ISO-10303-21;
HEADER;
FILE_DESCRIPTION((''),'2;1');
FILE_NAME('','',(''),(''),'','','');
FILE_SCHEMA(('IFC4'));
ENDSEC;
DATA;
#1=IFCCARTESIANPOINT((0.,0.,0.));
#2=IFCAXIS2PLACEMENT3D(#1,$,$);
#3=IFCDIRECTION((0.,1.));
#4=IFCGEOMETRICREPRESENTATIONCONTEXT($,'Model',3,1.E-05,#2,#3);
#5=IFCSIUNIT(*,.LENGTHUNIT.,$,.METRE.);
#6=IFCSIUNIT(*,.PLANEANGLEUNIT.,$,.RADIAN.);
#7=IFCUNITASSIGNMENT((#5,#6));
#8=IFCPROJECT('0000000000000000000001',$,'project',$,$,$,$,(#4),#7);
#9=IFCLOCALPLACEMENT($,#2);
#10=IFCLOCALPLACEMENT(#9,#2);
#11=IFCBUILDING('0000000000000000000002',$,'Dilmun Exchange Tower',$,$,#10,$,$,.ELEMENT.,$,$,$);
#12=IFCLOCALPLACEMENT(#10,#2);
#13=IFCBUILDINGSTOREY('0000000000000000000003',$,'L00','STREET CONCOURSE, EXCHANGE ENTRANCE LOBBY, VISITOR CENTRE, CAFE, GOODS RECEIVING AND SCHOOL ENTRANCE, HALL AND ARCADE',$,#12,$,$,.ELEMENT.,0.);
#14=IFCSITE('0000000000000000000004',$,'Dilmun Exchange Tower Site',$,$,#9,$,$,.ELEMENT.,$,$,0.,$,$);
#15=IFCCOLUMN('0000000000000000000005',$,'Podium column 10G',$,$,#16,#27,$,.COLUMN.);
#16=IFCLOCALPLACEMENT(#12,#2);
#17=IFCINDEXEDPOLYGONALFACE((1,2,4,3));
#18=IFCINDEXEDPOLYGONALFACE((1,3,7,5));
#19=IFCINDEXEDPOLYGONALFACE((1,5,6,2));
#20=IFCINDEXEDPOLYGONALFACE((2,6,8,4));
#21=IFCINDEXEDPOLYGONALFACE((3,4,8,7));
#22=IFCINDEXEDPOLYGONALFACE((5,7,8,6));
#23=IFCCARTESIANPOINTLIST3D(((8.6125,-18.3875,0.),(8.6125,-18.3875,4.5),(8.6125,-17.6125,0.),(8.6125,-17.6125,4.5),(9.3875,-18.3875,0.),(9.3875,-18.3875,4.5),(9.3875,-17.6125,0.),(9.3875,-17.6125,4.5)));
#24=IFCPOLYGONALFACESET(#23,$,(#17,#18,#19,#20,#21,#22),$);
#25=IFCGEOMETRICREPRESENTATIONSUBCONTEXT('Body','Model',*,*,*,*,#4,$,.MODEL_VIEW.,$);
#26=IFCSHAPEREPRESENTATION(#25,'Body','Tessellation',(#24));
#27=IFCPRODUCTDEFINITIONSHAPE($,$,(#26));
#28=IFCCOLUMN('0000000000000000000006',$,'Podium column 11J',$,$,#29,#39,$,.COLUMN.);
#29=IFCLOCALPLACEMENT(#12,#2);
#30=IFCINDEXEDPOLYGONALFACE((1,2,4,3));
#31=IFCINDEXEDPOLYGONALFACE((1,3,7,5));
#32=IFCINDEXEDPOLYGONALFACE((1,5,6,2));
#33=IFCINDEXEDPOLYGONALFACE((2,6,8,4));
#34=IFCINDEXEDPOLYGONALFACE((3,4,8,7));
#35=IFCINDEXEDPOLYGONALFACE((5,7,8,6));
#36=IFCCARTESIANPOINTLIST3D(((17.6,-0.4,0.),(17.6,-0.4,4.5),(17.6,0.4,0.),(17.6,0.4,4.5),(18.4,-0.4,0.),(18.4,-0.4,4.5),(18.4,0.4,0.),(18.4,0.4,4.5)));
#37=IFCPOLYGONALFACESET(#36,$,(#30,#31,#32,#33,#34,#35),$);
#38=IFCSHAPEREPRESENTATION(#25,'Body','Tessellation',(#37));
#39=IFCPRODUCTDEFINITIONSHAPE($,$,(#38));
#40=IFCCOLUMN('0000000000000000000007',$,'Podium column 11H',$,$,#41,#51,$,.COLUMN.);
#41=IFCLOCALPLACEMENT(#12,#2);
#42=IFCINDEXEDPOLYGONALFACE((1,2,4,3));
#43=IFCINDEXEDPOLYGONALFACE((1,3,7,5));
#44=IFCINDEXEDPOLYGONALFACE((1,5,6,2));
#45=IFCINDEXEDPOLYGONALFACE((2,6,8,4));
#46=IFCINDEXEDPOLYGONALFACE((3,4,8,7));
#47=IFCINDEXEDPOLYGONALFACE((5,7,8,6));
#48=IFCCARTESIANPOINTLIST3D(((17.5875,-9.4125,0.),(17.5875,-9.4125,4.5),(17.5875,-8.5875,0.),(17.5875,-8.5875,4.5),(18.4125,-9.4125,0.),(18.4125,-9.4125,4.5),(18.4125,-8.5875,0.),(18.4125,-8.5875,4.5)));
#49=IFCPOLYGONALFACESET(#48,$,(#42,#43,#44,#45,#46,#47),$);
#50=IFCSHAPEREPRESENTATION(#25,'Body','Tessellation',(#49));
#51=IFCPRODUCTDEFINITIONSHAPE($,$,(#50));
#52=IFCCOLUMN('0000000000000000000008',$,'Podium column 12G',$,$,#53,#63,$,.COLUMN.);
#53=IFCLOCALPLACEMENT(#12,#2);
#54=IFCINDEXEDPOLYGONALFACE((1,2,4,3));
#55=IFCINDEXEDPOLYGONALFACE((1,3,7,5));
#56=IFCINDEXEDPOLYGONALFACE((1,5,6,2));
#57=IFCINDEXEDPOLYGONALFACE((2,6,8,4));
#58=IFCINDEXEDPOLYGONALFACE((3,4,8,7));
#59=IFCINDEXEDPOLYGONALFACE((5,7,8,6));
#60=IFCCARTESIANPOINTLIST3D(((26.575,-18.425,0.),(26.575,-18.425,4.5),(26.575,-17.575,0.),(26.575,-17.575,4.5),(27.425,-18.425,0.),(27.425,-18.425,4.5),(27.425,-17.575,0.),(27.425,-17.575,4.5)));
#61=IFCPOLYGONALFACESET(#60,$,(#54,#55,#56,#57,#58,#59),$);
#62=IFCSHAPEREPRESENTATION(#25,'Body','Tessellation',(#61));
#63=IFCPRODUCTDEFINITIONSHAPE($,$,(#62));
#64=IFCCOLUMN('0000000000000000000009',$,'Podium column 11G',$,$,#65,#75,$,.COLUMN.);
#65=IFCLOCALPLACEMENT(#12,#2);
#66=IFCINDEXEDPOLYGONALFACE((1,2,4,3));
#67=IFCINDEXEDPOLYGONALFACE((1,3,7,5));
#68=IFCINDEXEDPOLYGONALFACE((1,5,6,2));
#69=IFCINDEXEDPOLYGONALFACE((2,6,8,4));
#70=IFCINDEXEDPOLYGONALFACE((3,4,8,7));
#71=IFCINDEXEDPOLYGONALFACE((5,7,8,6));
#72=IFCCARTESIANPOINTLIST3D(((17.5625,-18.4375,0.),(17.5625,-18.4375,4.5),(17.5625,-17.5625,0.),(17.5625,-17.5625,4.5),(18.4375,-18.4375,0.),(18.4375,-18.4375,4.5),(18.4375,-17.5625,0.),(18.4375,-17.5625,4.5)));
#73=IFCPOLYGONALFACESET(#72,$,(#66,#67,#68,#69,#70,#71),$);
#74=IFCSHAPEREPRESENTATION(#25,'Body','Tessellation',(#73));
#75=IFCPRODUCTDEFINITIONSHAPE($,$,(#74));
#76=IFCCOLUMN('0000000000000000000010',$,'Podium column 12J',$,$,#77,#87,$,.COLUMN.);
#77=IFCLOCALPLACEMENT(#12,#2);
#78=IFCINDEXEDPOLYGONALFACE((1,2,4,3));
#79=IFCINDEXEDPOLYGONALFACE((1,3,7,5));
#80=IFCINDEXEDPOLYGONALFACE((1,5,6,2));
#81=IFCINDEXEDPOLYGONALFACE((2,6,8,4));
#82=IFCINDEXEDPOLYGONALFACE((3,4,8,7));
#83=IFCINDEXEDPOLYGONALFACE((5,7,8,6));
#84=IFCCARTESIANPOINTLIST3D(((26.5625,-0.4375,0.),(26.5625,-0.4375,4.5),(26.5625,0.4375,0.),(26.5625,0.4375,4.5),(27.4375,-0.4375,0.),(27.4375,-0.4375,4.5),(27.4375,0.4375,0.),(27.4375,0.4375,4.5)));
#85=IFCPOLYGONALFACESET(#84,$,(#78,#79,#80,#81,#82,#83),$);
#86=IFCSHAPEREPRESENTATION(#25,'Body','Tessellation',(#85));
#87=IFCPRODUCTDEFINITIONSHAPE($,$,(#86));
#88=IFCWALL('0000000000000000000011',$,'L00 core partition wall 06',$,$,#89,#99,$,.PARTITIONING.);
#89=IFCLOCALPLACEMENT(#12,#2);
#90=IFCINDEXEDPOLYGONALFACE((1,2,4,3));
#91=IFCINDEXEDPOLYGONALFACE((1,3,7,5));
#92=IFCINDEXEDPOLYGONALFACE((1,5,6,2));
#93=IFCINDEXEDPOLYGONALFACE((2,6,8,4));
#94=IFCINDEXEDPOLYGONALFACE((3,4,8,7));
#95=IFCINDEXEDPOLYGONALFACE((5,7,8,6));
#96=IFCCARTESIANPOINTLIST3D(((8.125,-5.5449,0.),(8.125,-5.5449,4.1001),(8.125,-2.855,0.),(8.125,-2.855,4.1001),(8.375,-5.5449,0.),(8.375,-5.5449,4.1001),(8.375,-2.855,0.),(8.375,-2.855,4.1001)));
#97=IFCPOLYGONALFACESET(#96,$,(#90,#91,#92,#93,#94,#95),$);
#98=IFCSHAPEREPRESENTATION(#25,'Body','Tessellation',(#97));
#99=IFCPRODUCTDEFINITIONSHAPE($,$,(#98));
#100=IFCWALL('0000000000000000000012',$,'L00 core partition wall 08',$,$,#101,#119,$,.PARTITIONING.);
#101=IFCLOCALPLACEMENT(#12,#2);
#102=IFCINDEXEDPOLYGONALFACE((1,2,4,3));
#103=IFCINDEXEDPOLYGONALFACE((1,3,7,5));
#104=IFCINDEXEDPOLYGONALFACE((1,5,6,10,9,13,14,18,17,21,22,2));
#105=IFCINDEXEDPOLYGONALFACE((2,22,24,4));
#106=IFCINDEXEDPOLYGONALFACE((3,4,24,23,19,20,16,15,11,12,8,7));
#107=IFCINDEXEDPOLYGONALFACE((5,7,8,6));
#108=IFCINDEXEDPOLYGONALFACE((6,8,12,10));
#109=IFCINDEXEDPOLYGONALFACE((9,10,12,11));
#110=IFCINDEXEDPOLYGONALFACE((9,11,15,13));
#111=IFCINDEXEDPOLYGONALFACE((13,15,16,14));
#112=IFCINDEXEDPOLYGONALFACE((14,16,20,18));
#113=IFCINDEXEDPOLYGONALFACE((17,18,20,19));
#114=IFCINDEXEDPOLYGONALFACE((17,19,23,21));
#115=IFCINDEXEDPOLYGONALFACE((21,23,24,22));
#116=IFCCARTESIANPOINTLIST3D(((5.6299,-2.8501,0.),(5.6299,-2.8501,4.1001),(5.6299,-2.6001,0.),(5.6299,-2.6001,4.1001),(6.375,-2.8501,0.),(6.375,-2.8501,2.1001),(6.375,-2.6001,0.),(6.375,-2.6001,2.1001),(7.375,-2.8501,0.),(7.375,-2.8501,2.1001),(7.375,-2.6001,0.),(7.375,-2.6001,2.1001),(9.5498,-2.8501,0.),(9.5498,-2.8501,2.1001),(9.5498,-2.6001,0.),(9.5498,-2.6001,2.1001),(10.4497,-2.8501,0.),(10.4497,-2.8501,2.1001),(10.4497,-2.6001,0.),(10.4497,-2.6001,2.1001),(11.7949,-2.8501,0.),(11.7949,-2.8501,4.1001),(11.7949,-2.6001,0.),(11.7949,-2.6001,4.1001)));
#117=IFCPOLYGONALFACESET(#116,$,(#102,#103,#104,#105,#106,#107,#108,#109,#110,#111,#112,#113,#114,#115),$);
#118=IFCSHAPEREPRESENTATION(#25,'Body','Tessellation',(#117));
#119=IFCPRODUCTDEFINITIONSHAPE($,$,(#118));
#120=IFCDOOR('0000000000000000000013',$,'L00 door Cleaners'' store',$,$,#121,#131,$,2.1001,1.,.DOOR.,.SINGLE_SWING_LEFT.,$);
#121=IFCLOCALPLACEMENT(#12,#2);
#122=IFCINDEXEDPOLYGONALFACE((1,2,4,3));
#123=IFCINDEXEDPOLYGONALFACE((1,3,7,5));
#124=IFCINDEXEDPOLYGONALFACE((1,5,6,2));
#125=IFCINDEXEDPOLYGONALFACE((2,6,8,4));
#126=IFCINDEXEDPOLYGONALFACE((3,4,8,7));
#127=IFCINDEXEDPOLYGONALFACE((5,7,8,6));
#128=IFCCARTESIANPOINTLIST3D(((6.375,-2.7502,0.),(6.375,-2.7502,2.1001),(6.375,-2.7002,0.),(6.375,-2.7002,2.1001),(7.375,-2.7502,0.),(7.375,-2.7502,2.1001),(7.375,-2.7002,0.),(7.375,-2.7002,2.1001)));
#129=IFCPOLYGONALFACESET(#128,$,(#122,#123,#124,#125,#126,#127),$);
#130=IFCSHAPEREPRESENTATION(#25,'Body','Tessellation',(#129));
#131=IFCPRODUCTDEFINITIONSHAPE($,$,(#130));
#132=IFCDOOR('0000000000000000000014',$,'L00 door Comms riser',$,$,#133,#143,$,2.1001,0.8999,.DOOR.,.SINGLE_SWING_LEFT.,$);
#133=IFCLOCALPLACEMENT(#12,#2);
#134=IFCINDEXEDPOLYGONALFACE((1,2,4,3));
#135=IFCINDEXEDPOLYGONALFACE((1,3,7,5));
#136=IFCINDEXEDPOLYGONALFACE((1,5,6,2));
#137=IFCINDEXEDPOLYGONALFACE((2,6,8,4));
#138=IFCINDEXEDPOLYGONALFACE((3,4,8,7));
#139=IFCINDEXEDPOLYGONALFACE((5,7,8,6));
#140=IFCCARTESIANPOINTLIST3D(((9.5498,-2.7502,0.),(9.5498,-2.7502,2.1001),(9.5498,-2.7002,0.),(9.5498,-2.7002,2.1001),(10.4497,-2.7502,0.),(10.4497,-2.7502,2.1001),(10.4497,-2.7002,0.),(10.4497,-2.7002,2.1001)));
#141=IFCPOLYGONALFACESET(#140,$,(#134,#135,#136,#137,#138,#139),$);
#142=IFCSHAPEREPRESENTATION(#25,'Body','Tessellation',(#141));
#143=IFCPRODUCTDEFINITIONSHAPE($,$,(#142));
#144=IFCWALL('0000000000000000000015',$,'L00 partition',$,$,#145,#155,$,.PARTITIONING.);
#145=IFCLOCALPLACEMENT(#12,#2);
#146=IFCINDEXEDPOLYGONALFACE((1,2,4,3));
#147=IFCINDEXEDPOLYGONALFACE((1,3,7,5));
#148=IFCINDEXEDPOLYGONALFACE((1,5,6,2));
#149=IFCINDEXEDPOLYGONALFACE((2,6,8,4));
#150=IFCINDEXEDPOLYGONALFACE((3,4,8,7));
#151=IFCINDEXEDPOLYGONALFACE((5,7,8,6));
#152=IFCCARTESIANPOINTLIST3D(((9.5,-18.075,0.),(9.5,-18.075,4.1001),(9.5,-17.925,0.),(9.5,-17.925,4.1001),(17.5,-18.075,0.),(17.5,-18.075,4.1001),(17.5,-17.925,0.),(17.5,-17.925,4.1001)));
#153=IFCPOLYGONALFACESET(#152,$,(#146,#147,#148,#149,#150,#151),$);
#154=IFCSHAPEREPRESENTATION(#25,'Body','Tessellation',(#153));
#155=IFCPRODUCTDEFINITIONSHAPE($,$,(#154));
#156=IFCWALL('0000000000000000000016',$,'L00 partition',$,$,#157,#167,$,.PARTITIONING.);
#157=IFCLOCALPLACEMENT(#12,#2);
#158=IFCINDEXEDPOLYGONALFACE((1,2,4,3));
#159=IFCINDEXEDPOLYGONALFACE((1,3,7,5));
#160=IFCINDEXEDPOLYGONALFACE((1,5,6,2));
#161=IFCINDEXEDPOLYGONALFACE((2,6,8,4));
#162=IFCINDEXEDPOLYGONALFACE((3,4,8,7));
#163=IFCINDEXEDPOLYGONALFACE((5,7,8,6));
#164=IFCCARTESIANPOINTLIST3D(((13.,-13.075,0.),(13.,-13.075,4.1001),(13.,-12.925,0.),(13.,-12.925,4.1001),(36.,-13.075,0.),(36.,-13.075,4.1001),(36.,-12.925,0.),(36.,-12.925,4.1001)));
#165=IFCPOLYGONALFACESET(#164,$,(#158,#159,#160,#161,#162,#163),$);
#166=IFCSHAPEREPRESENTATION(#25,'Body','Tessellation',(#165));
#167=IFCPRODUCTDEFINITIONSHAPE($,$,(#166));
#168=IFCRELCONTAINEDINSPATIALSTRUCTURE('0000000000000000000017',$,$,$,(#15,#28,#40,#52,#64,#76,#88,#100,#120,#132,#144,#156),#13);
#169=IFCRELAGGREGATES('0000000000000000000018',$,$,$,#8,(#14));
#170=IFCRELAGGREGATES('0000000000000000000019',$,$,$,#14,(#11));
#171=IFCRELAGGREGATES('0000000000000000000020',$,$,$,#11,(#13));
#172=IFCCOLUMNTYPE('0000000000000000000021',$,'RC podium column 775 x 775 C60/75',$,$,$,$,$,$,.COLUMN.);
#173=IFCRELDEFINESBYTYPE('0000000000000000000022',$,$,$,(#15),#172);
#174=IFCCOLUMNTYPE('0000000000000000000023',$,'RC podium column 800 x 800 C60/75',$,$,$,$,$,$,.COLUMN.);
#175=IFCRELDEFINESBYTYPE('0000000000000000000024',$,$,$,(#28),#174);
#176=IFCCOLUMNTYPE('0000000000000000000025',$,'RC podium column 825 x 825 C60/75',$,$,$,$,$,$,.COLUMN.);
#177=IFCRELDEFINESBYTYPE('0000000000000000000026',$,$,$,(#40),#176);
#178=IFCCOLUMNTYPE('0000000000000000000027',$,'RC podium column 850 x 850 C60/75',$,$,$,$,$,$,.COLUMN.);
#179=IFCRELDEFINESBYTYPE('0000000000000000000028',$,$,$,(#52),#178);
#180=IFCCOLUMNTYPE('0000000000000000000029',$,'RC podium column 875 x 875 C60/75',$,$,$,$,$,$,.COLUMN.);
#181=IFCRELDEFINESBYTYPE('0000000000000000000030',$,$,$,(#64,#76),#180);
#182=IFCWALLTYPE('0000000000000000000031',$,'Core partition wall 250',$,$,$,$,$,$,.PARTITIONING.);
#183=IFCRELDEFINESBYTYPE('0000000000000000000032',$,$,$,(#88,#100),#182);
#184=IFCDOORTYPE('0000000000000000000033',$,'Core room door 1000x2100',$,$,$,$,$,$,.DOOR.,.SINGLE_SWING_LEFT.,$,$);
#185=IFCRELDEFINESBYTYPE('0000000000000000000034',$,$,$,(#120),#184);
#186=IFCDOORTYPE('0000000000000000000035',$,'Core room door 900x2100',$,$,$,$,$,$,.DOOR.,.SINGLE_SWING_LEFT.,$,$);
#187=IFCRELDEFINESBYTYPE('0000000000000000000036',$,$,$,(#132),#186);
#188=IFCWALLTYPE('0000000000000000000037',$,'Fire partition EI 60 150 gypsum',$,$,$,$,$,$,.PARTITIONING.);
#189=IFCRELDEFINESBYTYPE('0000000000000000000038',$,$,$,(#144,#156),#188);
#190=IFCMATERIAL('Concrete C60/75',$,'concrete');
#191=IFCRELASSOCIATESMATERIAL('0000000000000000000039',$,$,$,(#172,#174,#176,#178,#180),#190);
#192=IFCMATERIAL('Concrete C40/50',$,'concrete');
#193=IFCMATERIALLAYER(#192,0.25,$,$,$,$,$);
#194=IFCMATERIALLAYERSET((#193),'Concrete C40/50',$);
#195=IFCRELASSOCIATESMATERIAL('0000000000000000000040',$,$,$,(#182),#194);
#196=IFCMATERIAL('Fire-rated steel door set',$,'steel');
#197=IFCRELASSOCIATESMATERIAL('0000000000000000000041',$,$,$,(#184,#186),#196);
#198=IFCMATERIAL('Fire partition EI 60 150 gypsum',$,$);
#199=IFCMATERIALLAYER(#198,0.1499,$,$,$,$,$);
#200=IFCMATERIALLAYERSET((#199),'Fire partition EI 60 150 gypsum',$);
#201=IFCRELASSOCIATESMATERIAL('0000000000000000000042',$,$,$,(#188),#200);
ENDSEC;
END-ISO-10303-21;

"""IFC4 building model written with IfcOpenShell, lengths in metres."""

from ifc_helpers import new_model, si_unit, direction, frame, frame_2d, origin, origin_2d, place, context, subcontext, project, spatial, rectangle, extrude, material, layer, layer_set, material_profile, profile_set, type_object, element, fill, save


model = new_model("IFC4")

# Units and contexts
model_context = context("Model", 3, precision=1e-05, world=origin(), true_north=direction((0.0, 1.0)))
body_context = subcontext(model_context, "Body", "Model", "MODEL_VIEW")
ifc_project = project(units=[si_unit("LENGTHUNIT", "METRE"), si_unit("PLANEANGLEUNIT", "RADIAN")], contexts=[model_context])

# Site, building, storey
site_placement = place(None, origin())
site = spatial("IfcSite", under=ifc_project, at=site_placement, Name="Dilmun Exchange Tower Site", CompositionType="ELEMENT", RefElevation=0.0)
building_placement = place(site_placement, origin())
building = spatial("IfcBuilding", under=site, at=building_placement, Name="Dilmun Exchange Tower", CompositionType="ELEMENT")
storey_placement = place(building_placement, origin())
storey = spatial("IfcBuildingStorey", under=building, at=storey_placement, Name="L00", Description="STREET CONCOURSE, EXCHANGE ENTRANCE LOBBY, VISITOR CENTRE, CAFE, GOODS RECEIVING AND SCHOOL ENTRANCE, HALL AND ARCADE", CompositionType="ELEMENT", Elevation=0.0)

# Columns
ifc_material_1 = material(Name="Concrete C60/75", Category="concrete")
ifc_material_profile_1 = material_profile(ifc_material_1, rectangle(XDim=0.7749, YDim=0.7749, at=origin_2d()), Name="775 x 775")
ifc_profile_set_1 = profile_set([ifc_material_profile_1], Name="Concrete C60/75")
column_type_1 = type_object("IfcColumnType", Name="RC podium column 775 x 775 C60/75", PredefinedType="COLUMN", material=ifc_profile_set_1)
column_1_placement = place(storey_placement, frame((9.0, -18.0, 0.0), z_axis=(0.0, 0.0, 1.0), x_axis=(1.0, 0.0, 0.0)))
element("IfcColumn", 1, at=column_1_placement, inside=storey, type_object=column_type_1, Name="Podium column 10G", PredefinedType="COLUMN", context=body_context, shape_type="SweptSolid", body=[
    extrude(rectangle(XDim=0.7749, YDim=0.7749, at=origin_2d()), origin(), (0.0, 0.0, 1.0), 4.5),
])
ifc_material_profile_2 = material_profile(ifc_material_1, rectangle(XDim=0.8, YDim=0.8, at=origin_2d()), Name="800 x 800")
ifc_profile_set_2 = profile_set([ifc_material_profile_2], Name="Concrete C60/75")
column_type_2 = type_object("IfcColumnType", Name="RC podium column 800 x 800 C60/75", PredefinedType="COLUMN", material=ifc_profile_set_2)
column_2_placement = place(storey_placement, frame((18.0, 0.0, 0.0), z_axis=(0.0, 0.0, 1.0), x_axis=(1.0, 0.0, 0.0)))
element("IfcColumn", 2, at=column_2_placement, inside=storey, type_object=column_type_2, Name="Podium column 11J", PredefinedType="COLUMN", context=body_context, shape_type="SweptSolid", body=[
    extrude(rectangle(XDim=0.8, YDim=0.8, at=origin_2d()), origin(), (0.0, 0.0, 1.0), 4.5),
])
ifc_material_profile_3 = material_profile(ifc_material_1, rectangle(XDim=0.825, YDim=0.825, at=origin_2d()), Name="825 x 825")
ifc_profile_set_3 = profile_set([ifc_material_profile_3], Name="Concrete C60/75")
column_type_3 = type_object("IfcColumnType", Name="RC podium column 825 x 825 C60/75", PredefinedType="COLUMN", material=ifc_profile_set_3)
column_3_placement = place(storey_placement, frame((18.0, -9.0, 0.0), z_axis=(0.0, 0.0, 1.0), x_axis=(1.0, 0.0, 0.0)))
element("IfcColumn", 3, at=column_3_placement, inside=storey, type_object=column_type_3, Name="Podium column 11H", PredefinedType="COLUMN", context=body_context, shape_type="SweptSolid", body=[
    extrude(rectangle(XDim=0.825, YDim=0.825, at=origin_2d()), origin(), (0.0, 0.0, 1.0), 4.5),
])
ifc_material_profile_4 = material_profile(ifc_material_1, rectangle(XDim=0.8501, YDim=0.8501, at=origin_2d()), Name="850 x 850")
ifc_profile_set_4 = profile_set([ifc_material_profile_4], Name="Concrete C60/75")
column_type_4 = type_object("IfcColumnType", Name="RC podium column 850 x 850 C60/75", PredefinedType="COLUMN", material=ifc_profile_set_4)
column_4_placement = place(storey_placement, frame((27.0, -18.0, 0.0), z_axis=(0.0, 0.0, 1.0), x_axis=(1.0, 0.0, 0.0)))
element("IfcColumn", 4, at=column_4_placement, inside=storey, type_object=column_type_4, Name="Podium column 12G", PredefinedType="COLUMN", context=body_context, shape_type="SweptSolid", body=[
    extrude(rectangle(XDim=0.8501, YDim=0.8501, at=origin_2d()), origin(), (0.0, 0.0, 1.0), 4.5),
])
ifc_material_profile_5 = material_profile(ifc_material_1, rectangle(XDim=0.875, YDim=0.875, at=origin_2d()), Name="875 x 875")
ifc_profile_set_5 = profile_set([ifc_material_profile_5], Name="Concrete C60/75")
column_type_5 = type_object("IfcColumnType", Name="RC podium column 875 x 875 C60/75", PredefinedType="COLUMN", material=ifc_profile_set_5)
for number, where, z_axis, x_axis, name in (
    (5, (18.0, -18.0, 0.0), (0.0, 0.0, 1.0), (1.0, 0.0, 0.0), "Podium column 11G"),
    (6, (27.0, 0.0, 0.0), (0.0, 0.0, 1.0), (1.0, 0.0, 0.0), "Podium column 12J"),
):
    element("IfcColumn", number, at=place(storey_placement, frame(where, z_axis=z_axis, x_axis=x_axis)), inside=storey, type_object=column_type_5, Name=name, PredefinedType="COLUMN", context=body_context, shape_type="SweptSolid", body=[
        extrude(rectangle(XDim=0.875, YDim=0.875, at=origin_2d()), origin(), (0.0, 0.0, 1.0), 4.5),
    ])

# Wall
ifc_material_2 = material(Name="Concrete C40/50", Category="concrete")
ifc_layer_1 = layer(ifc_material_2, 0.25)
ifc_layer_set_1 = layer_set([ifc_layer_1], Name="Concrete C40/50")
wall_type_1 = type_object("IfcWallType", Name="Core partition wall 250", PredefinedType="PARTITIONING", material=ifc_layer_set_1)
wall_1_placement = place(storey_placement, frame((8.25, -5.5449, 0.0), z_axis=(0.0, 0.0, 1.0), x_axis=(0.0, 1.0, 0.0)))
element("IfcWall", 7, at=wall_1_placement, inside=storey, type_object=wall_type_1, Name="L00 core partition wall 06", PredefinedType="PARTITIONING", context=body_context, shape_type="SweptSolid", body=[
    extrude(rectangle(XDim=2.6899, YDim=0.25, at=frame_2d((1.345, 0.0))), origin(), (0.0, 0.0, 1.0), 4.1001),
])

# Wall, openings, doors
wall_2_placement = place(storey_placement, frame((5.6299, -2.7251, 0.0), z_axis=(0.0, 0.0, 1.0), x_axis=(1.0, 0.0, 0.0)))
wall_2 = element("IfcWall", 8, at=wall_2_placement, inside=storey, type_object=wall_type_1, Name="L00 core partition wall 08", PredefinedType="PARTITIONING", context=body_context, shape_type="SweptSolid", body=[
    extrude(rectangle(XDim=6.165, YDim=0.25, at=frame_2d((3.0825, 0.0))), origin(), (0.0, 0.0, 1.0), 4.1001),
])
opening_1_placement = place(wall_2_placement, frame((0.7451, 0.0, 0.0)))
opening_1 = element("IfcOpeningElement", 9, at=opening_1_placement, cuts=wall_2, PredefinedType="OPENING", context=body_context, shape_type="SweptSolid", body=[
    extrude(rectangle(XDim=1.0, YDim=2.1001, at=frame_2d((0.5, 1.05))), frame((0.0, 0.135, 0.0), z_axis=(0.0, -1.0, 0.0), x_axis=(1.0, 0.0, 0.0)), (0.0, 0.0, 1.0), 0.27),
])
opening_2_placement = place(wall_2_placement, frame((3.9199, 0.0, 0.0)))
opening_2 = element("IfcOpeningElement", 10, at=opening_2_placement, cuts=wall_2, PredefinedType="OPENING", context=body_context, shape_type="SweptSolid", body=[
    extrude(rectangle(XDim=0.8999, YDim=2.1001, at=frame_2d((0.45, 1.05))), frame((0.0, 0.135, 0.0), z_axis=(0.0, -1.0, 0.0), x_axis=(1.0, 0.0, 0.0)), (0.0, 0.0, 1.0), 0.27),
])
ifc_material_3 = material(Name="Fire-rated steel door set", Category="steel")
door_type_1 = type_object("IfcDoorType", Name="Core room door 1000x2100", OperationType="SINGLE_SWING_LEFT", PredefinedType="DOOR", material=ifc_material_3)
door_1_placement = place(opening_1_placement, origin())
door_1 = element("IfcDoor", 11, at=door_1_placement, inside=storey, type_object=door_type_1, Name="L00 door Cleaners' store", OperationType="SINGLE_SWING_LEFT", OverallHeight=2.1001, OverallWidth=1.0, PredefinedType="DOOR", context=body_context, shape_type="SweptSolid", body=[
    extrude(rectangle(XDim=1.0, YDim=2.1001, at=frame_2d((0.5, 1.05))), frame((0.0, 0.0249, 0.0), z_axis=(0.0, -1.0, 0.0), x_axis=(1.0, 0.0, 0.0)), (0.0, 0.0, 1.0), 0.05),
])
fill(opening_1, door_1)
door_type_2 = type_object("IfcDoorType", Name="Core room door 900x2100", OperationType="SINGLE_SWING_LEFT", PredefinedType="DOOR", material=ifc_material_3)
door_2_placement = place(opening_2_placement, origin())
door_2 = element("IfcDoor", 12, at=door_2_placement, inside=storey, type_object=door_type_2, Name="L00 door Comms riser", OperationType="SINGLE_SWING_LEFT", OverallHeight=2.1001, OverallWidth=0.8999, PredefinedType="DOOR", context=body_context, shape_type="SweptSolid", body=[
    extrude(rectangle(XDim=0.8999, YDim=2.1001, at=frame_2d((0.45, 1.05))), frame((0.0, 0.0249, 0.0), z_axis=(0.0, -1.0, 0.0), x_axis=(1.0, 0.0, 0.0)), (0.0, 0.0, 1.0), 0.05),
])
fill(opening_2, door_2)

# Walls
ifc_material_4 = material(Name="Fire partition EI 60 150 gypsum")
ifc_layer_2 = layer(ifc_material_4, 0.1499)
ifc_layer_set_2 = layer_set([ifc_layer_2], Name="Fire partition EI 60 150 gypsum")
wall_type_2 = type_object("IfcWallType", Name="Fire partition EI 60 150 gypsum", PredefinedType="PARTITIONING", material=ifc_layer_set_2)
wall_3_placement = place(storey_placement, frame((9.5, -18.0, 0.0), z_axis=(0.0, 0.0, 1.0), x_axis=(1.0, 0.0, 0.0)))
element("IfcWall", 13, at=wall_3_placement, inside=storey, type_object=wall_type_2, Name="L00 partition", PredefinedType="PARTITIONING", context=body_context, shape_type="SweptSolid", body=[
    extrude(rectangle(XDim=8.0, YDim=0.1499, at=frame_2d((4.0, 0.0))), origin(), (0.0, 0.0, 1.0), 4.1001),
])
wall_4_placement = place(storey_placement, frame((13.0, -13.0, 0.0), z_axis=(0.0, 0.0, 1.0), x_axis=(1.0, 0.0, 0.0)))
element("IfcWall", 14, at=wall_4_placement, inside=storey, type_object=wall_type_2, Name="L00 partition", PredefinedType="PARTITIONING", context=body_context, shape_type="SweptSolid", body=[
    extrude(rectangle(XDim=23.0, YDim=0.1499, at=frame_2d((11.5, 0.0))), origin(), (0.0, 0.0, 1.0), 4.1001),
])

save(model, "model.ifc")
